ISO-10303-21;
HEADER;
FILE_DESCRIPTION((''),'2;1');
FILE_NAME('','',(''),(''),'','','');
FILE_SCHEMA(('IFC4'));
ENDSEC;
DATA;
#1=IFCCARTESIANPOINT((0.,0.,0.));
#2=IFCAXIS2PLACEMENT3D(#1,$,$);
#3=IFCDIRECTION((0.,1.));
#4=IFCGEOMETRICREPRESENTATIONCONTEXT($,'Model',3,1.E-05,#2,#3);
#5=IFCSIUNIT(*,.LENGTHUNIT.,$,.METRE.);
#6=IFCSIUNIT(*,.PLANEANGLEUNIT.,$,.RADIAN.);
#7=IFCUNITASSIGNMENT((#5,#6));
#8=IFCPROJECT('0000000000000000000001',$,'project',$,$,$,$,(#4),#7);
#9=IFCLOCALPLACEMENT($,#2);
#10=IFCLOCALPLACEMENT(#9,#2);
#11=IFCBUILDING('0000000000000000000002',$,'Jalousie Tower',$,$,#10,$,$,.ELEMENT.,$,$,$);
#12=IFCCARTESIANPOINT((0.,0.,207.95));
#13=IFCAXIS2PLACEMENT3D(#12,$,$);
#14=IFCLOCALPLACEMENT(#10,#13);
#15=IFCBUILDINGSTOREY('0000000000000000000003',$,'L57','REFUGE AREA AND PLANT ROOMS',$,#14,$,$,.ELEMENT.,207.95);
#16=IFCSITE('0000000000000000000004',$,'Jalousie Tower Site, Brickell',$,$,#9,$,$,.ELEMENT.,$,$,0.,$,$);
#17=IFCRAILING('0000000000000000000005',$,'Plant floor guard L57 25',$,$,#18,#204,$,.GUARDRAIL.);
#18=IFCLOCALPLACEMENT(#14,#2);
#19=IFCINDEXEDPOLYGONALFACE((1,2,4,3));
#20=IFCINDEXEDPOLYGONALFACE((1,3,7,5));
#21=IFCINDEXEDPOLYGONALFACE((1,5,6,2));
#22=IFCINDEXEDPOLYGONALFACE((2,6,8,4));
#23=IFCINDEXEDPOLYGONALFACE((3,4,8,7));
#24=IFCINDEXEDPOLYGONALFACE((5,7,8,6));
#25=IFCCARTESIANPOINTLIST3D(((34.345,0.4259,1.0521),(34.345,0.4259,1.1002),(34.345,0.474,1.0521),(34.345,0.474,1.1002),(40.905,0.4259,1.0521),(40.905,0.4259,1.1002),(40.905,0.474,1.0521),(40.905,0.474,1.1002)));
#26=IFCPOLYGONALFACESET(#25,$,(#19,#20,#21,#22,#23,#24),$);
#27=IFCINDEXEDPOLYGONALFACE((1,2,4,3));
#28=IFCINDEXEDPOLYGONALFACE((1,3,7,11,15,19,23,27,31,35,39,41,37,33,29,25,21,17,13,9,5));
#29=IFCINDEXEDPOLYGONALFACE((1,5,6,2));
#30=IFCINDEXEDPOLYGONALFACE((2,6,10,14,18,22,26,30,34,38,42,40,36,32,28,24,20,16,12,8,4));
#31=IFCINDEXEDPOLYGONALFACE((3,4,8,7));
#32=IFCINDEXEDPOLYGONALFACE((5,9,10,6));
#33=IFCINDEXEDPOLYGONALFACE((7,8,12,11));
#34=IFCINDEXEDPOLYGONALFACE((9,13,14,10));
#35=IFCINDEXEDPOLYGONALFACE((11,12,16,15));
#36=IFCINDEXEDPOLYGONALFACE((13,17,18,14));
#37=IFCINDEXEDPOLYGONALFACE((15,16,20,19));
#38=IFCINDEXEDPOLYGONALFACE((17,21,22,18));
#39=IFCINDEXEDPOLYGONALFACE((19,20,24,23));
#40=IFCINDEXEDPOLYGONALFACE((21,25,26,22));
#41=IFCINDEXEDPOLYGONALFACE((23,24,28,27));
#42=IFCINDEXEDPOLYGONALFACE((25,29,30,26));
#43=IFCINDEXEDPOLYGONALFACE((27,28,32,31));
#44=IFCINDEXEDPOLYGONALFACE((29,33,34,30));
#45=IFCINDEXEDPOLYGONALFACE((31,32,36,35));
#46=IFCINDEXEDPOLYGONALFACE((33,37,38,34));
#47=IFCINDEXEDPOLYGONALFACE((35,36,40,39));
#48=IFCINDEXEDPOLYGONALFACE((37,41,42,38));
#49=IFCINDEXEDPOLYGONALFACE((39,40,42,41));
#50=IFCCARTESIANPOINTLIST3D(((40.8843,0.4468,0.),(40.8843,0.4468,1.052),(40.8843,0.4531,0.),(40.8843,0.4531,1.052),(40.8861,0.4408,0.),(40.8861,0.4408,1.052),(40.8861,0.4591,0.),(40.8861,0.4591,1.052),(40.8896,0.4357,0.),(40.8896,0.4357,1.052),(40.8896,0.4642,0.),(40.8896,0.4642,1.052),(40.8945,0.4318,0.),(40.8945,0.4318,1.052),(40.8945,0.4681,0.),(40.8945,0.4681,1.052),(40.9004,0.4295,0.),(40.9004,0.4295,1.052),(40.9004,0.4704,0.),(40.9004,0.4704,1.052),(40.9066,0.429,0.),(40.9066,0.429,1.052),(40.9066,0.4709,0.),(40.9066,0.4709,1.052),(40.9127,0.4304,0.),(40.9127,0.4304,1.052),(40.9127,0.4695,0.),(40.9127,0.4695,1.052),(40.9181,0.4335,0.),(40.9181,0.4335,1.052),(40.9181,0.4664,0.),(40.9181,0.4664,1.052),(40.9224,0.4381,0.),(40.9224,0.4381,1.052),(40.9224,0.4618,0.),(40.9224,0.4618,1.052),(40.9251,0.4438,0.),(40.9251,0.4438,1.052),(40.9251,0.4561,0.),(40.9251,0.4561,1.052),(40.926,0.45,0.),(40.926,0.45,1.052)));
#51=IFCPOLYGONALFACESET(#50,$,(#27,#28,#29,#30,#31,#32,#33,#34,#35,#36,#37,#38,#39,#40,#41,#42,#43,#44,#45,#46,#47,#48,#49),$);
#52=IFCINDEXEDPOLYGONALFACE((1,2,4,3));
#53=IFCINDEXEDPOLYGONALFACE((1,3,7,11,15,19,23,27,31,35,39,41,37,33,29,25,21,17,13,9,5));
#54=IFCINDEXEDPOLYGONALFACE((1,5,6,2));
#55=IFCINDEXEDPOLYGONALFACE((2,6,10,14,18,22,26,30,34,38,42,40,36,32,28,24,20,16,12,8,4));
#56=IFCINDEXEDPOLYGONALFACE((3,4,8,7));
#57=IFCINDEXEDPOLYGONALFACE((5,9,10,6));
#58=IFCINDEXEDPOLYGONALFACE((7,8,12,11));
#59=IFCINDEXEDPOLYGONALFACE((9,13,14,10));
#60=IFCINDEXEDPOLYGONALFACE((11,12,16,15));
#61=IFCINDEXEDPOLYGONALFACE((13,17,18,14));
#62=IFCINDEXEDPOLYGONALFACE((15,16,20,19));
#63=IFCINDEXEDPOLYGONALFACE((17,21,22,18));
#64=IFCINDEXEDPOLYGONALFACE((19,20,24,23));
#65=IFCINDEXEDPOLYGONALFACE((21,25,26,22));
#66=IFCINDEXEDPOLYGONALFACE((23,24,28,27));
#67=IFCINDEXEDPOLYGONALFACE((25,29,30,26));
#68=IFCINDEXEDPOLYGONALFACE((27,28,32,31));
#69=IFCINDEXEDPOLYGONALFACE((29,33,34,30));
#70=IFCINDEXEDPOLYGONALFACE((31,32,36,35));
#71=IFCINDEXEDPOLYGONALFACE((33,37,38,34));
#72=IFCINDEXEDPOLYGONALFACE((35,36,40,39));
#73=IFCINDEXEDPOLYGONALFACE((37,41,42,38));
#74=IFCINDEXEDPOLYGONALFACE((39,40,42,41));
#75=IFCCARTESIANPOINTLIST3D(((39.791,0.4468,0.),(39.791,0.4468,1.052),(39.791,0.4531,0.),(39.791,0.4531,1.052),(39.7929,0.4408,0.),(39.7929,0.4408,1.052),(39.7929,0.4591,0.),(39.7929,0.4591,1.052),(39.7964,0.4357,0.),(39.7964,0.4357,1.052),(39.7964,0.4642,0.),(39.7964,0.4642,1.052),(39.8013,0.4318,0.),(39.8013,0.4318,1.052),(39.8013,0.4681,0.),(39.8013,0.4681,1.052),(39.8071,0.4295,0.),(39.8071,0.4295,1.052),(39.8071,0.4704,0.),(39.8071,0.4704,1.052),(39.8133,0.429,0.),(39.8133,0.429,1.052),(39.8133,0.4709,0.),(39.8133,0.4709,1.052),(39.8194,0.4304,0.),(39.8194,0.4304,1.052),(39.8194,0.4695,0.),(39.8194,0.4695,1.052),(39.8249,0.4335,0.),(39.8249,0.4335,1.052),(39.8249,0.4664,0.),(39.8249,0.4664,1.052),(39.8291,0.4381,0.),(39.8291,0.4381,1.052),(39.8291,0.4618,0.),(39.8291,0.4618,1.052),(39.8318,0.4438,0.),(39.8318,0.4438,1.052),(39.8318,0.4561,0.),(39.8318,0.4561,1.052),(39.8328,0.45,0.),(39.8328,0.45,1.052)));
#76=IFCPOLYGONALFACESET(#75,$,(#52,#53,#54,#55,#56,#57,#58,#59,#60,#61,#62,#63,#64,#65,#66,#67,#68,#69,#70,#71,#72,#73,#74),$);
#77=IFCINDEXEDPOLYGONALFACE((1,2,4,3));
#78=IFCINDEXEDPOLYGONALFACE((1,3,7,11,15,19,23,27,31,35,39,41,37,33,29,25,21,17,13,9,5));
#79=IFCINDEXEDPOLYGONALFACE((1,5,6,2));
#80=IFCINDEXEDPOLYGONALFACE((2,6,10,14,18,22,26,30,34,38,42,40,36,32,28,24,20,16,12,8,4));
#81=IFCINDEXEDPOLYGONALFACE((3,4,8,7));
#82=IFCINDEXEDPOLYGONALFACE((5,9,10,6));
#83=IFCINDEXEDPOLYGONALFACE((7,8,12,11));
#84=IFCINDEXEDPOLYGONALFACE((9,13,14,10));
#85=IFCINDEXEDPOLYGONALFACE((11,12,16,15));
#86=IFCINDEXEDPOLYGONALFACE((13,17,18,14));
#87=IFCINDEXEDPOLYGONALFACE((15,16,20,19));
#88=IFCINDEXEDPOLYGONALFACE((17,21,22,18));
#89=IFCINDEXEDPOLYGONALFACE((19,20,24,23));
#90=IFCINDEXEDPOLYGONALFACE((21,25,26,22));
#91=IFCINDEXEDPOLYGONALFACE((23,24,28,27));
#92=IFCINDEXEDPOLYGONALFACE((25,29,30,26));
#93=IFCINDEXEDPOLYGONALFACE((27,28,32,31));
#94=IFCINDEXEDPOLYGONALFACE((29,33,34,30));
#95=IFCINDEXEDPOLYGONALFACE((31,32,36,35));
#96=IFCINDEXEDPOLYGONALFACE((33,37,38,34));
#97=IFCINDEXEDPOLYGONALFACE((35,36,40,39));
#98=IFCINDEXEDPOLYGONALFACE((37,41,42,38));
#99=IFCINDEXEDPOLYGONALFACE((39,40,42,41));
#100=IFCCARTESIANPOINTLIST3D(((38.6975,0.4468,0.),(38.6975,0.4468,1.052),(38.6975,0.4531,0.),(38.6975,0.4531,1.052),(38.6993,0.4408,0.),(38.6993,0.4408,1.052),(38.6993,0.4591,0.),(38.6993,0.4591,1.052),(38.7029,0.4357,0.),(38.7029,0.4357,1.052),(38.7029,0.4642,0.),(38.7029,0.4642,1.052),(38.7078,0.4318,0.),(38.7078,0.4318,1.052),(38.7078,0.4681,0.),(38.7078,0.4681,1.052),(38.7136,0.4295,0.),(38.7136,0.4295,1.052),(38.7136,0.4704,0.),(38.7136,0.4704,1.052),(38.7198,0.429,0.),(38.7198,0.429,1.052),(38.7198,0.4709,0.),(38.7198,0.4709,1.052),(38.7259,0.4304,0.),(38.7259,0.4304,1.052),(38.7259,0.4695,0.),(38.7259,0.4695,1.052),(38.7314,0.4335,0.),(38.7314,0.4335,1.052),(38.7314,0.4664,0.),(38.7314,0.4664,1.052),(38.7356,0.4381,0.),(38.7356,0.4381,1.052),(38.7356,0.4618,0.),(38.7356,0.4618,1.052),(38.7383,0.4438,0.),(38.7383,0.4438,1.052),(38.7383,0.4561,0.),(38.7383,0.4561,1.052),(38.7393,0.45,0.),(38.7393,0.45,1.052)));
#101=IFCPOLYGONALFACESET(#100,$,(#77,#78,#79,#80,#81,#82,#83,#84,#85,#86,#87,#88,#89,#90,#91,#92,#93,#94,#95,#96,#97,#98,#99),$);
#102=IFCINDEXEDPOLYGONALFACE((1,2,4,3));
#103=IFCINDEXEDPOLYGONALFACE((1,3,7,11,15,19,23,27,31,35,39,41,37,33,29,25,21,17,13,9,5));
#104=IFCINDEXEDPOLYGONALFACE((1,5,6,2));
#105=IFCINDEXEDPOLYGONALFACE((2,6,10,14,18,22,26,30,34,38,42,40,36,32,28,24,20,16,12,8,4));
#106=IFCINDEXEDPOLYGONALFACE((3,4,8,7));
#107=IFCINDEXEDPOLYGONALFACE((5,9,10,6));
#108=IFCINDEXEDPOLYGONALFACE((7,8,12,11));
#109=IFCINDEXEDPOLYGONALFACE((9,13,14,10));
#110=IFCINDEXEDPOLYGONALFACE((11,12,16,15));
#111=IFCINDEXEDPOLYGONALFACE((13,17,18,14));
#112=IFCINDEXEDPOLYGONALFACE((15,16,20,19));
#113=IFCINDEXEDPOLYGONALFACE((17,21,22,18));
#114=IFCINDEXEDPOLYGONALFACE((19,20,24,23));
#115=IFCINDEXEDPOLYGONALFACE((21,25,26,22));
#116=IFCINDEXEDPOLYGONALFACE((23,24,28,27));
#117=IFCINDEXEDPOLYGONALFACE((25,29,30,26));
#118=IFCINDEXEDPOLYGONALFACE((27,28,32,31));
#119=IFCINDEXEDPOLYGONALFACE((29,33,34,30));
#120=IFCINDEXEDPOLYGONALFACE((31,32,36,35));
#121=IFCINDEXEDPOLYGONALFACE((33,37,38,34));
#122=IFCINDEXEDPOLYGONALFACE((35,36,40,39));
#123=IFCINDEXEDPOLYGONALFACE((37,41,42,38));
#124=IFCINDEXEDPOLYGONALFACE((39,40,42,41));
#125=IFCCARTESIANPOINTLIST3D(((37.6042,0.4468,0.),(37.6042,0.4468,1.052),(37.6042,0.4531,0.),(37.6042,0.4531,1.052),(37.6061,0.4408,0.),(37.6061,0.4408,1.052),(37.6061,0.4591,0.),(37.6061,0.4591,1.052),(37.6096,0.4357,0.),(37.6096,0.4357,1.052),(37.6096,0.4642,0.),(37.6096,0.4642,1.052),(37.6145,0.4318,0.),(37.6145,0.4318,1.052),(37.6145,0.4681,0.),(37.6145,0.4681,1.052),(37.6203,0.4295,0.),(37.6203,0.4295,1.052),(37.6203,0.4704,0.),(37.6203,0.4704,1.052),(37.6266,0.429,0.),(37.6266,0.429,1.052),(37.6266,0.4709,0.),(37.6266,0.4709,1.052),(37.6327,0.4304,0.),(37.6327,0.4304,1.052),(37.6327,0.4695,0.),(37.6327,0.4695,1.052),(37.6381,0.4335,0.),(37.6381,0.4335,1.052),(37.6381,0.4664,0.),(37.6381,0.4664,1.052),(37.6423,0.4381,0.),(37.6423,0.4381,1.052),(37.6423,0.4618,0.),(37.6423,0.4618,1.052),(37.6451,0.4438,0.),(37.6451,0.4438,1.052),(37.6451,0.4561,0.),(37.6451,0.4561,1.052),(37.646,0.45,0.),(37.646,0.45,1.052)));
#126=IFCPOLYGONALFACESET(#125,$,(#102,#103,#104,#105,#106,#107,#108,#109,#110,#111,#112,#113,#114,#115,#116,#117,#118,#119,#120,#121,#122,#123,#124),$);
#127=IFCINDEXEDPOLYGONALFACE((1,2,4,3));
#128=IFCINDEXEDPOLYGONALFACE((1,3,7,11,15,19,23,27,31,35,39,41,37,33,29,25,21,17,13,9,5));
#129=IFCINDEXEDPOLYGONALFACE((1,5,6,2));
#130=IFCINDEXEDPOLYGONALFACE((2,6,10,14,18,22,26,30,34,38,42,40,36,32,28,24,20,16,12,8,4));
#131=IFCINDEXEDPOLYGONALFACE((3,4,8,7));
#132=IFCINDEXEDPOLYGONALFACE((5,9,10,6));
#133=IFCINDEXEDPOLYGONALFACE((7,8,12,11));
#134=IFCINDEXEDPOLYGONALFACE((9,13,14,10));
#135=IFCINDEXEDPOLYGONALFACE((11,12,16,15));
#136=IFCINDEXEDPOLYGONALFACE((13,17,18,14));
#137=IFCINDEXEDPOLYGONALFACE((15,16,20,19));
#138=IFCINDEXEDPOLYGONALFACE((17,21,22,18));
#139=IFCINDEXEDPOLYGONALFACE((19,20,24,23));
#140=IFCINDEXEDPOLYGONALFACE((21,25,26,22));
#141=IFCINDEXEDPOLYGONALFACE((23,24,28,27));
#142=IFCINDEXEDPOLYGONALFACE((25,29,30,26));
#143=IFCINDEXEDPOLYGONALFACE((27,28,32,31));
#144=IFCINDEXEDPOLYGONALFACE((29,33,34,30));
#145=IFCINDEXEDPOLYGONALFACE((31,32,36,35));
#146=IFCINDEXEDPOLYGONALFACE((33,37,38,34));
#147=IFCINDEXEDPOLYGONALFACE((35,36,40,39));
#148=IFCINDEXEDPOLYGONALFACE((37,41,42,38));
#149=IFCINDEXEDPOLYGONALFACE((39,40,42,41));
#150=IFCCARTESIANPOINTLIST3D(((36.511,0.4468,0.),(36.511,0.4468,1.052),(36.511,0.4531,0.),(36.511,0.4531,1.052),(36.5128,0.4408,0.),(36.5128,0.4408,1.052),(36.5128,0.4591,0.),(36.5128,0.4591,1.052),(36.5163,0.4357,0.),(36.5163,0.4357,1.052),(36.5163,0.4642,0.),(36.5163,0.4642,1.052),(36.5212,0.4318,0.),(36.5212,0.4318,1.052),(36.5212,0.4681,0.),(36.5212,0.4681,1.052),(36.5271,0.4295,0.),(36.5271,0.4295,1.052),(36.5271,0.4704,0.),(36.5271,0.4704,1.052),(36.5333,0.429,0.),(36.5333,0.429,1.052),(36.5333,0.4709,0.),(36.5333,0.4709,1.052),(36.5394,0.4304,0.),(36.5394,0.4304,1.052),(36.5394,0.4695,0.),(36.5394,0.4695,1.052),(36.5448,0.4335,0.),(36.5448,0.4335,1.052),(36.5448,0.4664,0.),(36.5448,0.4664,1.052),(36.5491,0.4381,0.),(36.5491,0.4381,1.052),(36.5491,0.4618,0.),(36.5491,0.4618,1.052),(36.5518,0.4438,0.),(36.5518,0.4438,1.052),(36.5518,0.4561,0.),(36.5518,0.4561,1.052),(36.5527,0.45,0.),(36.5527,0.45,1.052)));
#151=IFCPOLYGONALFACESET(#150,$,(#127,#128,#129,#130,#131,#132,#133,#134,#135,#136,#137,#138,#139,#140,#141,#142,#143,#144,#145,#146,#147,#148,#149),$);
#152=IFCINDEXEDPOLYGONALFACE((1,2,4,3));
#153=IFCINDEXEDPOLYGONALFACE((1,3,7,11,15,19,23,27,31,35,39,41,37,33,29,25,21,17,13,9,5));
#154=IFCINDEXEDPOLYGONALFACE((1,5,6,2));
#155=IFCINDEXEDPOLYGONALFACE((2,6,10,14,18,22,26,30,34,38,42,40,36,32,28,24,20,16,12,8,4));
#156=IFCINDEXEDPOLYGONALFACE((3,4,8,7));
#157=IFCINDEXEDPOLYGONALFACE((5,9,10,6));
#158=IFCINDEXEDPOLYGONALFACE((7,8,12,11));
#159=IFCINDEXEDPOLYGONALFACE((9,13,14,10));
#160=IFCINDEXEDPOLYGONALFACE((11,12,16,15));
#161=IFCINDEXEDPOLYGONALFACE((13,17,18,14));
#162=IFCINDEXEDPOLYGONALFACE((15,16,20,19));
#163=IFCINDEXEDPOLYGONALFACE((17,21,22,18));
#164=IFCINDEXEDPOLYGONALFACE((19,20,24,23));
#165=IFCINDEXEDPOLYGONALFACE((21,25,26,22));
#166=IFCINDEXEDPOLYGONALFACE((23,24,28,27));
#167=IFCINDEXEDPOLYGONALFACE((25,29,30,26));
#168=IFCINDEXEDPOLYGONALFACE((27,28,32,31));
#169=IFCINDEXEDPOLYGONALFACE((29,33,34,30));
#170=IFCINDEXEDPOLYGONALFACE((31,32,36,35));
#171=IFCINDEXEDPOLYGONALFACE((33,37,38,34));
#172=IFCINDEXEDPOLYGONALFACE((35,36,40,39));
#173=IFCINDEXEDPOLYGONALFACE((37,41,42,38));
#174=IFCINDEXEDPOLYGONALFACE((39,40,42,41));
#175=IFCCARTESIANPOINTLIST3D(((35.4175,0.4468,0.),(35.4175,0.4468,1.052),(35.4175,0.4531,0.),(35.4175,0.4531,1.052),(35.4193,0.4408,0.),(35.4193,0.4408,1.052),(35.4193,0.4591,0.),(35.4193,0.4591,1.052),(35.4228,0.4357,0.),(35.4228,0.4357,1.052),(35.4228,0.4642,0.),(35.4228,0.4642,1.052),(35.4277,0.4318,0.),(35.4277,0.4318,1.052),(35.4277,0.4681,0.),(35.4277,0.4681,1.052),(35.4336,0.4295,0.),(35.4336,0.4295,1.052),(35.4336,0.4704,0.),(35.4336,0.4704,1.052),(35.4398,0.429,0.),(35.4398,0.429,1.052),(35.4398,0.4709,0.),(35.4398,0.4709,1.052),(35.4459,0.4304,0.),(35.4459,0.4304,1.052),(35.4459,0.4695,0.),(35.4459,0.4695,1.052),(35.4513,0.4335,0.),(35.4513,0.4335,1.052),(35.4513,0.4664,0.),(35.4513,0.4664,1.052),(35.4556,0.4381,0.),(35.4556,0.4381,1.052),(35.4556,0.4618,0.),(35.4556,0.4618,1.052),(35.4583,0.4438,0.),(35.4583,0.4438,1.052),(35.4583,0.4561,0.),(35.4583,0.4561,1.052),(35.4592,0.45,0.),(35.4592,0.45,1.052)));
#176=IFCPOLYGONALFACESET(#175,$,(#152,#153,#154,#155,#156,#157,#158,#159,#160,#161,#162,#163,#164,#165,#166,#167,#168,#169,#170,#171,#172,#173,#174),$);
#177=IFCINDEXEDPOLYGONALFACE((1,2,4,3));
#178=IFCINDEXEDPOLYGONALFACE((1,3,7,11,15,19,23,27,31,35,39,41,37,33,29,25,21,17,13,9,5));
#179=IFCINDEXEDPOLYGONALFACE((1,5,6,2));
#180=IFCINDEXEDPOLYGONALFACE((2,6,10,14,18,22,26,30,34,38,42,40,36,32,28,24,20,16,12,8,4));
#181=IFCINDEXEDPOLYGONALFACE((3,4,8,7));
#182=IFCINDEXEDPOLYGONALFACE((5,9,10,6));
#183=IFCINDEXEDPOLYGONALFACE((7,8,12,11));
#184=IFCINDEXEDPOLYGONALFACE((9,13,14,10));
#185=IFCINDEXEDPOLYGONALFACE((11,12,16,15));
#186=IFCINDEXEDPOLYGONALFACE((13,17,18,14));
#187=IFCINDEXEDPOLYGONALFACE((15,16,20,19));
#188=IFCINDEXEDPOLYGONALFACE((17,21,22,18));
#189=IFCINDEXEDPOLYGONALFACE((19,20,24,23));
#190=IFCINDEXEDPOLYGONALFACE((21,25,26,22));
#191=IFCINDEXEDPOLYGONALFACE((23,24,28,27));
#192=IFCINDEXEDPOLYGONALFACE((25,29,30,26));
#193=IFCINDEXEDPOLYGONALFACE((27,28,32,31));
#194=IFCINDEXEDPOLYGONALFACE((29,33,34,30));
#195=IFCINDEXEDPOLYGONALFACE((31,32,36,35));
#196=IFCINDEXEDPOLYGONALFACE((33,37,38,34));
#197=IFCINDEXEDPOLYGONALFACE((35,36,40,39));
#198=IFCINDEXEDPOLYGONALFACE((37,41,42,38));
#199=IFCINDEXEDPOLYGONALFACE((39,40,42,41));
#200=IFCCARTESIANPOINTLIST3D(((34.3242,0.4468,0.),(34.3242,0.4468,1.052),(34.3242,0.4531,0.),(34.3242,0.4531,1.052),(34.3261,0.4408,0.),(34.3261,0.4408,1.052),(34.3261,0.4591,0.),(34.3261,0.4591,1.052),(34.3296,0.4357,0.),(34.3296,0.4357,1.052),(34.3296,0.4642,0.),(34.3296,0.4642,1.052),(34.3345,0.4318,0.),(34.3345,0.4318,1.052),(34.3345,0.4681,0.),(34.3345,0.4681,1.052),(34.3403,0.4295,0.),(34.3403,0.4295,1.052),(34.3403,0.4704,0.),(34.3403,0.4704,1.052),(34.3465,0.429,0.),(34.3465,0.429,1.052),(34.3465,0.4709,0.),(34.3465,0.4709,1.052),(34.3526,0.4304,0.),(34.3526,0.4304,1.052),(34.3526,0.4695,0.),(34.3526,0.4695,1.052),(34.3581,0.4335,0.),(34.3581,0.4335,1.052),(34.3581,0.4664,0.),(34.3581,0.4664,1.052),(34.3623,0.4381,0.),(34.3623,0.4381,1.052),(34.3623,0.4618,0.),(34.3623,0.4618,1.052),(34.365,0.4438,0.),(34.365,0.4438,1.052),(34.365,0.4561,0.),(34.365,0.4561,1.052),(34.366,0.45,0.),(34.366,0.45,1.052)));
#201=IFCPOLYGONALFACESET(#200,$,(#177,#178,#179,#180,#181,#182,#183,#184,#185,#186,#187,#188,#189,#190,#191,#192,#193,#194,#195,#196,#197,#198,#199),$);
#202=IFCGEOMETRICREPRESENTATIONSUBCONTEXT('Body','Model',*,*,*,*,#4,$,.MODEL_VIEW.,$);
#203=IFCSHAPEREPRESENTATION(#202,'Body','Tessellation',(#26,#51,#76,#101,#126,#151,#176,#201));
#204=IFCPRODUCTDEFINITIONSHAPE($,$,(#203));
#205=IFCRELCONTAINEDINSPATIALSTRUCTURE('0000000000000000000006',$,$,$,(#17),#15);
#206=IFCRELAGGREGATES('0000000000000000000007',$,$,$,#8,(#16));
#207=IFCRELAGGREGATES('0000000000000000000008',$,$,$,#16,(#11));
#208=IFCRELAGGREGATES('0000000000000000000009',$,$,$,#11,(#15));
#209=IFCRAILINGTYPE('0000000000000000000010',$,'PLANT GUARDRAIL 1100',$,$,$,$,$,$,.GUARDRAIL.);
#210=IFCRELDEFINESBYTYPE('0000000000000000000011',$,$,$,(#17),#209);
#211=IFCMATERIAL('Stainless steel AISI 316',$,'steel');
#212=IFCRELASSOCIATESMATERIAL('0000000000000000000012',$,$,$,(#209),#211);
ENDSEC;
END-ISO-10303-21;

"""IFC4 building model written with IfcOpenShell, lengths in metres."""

from ifc_helpers import new_model, si_unit, direction, frame, origin, origin_2d, place, context, subcontext, project, spatial, rectangle, circle, extrude, material, type_object, element, save


model = new_model("IFC4")

# Units and contexts
model_context = context("Model", 3, precision=1e-05, world=origin(), true_north=direction((0.0, 1.0)))
body_context = subcontext(model_context, "Body", "Model", "MODEL_VIEW")
ifc_project = project(units=[si_unit("LENGTHUNIT", "METRE"), si_unit("PLANEANGLEUNIT", "RADIAN")], contexts=[model_context])

# Site, building, storey
site_placement = place(None, origin())
site = spatial("IfcSite", under=ifc_project, at=site_placement, Name="Jalousie Tower Site, Brickell", CompositionType="ELEMENT", RefElevation=0.0)
building_placement = place(site_placement, origin())
building = spatial("IfcBuilding", under=site, at=building_placement, Name="Jalousie Tower", CompositionType="ELEMENT")
storey_placement = place(building_placement, frame((0.0, 0.0, 207.95)))
storey = spatial("IfcBuildingStorey", under=building, at=storey_placement, Name="L57", Description="REFUGE AREA AND PLANT ROOMS", CompositionType="ELEMENT", Elevation=207.95)

# Railing
ifc_material_1 = material(Name="Stainless steel AISI 316", Category="steel")
railing_type_1 = type_object("IfcRailingType", Name="PLANT GUARDRAIL 1100", PredefinedType="GUARDRAIL", material=ifc_material_1)
railing_1_placement = place(storey_placement, frame((40.905, 0.45, 0.0)))
element("IfcRailing", 1, at=railing_1_placement, inside=storey, type_object=railing_type_1, Name="Plant floor guard L57 25", PredefinedType="GUARDRAIL", context=body_context, shape_type="SweptSolid", body=[
    extrude(rectangle(XDim=0.0481, YDim=0.0481, at=origin_2d()), frame((0.0, 0.0, 1.0762), z_axis=(-1.0, 0.0, 0.0), x_axis=(0.0, -1.0, 0.0)), (0.0, 0.0, 1.0), 6.5601),
    extrude(circle(Radius=0.021, at=origin_2d()), origin(), (0.0, 0.0, 1.0), 1.052),
    extrude(circle(Radius=0.021, at=origin_2d()), frame((-1.0933, 0.0, 0.0)), (0.0, 0.0, 1.0), 1.052),
    extrude(circle(Radius=0.021, at=origin_2d()), frame((-2.1868, 0.0, 0.0)), (0.0, 0.0, 1.0), 1.052),
    extrude(circle(Radius=0.021, at=origin_2d()), frame((-3.28, 0.0, 0.0)), (0.0, 0.0, 1.0), 1.052),
    extrude(circle(Radius=0.021, at=origin_2d()), frame((-4.3733, 0.0, 0.0)), (0.0, 0.0, 1.0), 1.052),
    extrude(circle(Radius=0.021, at=origin_2d()), frame((-5.4668, 0.0, 0.0)), (0.0, 0.0, 1.0), 1.052),
    extrude(circle(Radius=0.021, at=origin_2d()), frame((-6.5601, 0.0, 0.0)), (0.0, 0.0, 1.0), 1.052),
])

save(model, "model.ifc")
